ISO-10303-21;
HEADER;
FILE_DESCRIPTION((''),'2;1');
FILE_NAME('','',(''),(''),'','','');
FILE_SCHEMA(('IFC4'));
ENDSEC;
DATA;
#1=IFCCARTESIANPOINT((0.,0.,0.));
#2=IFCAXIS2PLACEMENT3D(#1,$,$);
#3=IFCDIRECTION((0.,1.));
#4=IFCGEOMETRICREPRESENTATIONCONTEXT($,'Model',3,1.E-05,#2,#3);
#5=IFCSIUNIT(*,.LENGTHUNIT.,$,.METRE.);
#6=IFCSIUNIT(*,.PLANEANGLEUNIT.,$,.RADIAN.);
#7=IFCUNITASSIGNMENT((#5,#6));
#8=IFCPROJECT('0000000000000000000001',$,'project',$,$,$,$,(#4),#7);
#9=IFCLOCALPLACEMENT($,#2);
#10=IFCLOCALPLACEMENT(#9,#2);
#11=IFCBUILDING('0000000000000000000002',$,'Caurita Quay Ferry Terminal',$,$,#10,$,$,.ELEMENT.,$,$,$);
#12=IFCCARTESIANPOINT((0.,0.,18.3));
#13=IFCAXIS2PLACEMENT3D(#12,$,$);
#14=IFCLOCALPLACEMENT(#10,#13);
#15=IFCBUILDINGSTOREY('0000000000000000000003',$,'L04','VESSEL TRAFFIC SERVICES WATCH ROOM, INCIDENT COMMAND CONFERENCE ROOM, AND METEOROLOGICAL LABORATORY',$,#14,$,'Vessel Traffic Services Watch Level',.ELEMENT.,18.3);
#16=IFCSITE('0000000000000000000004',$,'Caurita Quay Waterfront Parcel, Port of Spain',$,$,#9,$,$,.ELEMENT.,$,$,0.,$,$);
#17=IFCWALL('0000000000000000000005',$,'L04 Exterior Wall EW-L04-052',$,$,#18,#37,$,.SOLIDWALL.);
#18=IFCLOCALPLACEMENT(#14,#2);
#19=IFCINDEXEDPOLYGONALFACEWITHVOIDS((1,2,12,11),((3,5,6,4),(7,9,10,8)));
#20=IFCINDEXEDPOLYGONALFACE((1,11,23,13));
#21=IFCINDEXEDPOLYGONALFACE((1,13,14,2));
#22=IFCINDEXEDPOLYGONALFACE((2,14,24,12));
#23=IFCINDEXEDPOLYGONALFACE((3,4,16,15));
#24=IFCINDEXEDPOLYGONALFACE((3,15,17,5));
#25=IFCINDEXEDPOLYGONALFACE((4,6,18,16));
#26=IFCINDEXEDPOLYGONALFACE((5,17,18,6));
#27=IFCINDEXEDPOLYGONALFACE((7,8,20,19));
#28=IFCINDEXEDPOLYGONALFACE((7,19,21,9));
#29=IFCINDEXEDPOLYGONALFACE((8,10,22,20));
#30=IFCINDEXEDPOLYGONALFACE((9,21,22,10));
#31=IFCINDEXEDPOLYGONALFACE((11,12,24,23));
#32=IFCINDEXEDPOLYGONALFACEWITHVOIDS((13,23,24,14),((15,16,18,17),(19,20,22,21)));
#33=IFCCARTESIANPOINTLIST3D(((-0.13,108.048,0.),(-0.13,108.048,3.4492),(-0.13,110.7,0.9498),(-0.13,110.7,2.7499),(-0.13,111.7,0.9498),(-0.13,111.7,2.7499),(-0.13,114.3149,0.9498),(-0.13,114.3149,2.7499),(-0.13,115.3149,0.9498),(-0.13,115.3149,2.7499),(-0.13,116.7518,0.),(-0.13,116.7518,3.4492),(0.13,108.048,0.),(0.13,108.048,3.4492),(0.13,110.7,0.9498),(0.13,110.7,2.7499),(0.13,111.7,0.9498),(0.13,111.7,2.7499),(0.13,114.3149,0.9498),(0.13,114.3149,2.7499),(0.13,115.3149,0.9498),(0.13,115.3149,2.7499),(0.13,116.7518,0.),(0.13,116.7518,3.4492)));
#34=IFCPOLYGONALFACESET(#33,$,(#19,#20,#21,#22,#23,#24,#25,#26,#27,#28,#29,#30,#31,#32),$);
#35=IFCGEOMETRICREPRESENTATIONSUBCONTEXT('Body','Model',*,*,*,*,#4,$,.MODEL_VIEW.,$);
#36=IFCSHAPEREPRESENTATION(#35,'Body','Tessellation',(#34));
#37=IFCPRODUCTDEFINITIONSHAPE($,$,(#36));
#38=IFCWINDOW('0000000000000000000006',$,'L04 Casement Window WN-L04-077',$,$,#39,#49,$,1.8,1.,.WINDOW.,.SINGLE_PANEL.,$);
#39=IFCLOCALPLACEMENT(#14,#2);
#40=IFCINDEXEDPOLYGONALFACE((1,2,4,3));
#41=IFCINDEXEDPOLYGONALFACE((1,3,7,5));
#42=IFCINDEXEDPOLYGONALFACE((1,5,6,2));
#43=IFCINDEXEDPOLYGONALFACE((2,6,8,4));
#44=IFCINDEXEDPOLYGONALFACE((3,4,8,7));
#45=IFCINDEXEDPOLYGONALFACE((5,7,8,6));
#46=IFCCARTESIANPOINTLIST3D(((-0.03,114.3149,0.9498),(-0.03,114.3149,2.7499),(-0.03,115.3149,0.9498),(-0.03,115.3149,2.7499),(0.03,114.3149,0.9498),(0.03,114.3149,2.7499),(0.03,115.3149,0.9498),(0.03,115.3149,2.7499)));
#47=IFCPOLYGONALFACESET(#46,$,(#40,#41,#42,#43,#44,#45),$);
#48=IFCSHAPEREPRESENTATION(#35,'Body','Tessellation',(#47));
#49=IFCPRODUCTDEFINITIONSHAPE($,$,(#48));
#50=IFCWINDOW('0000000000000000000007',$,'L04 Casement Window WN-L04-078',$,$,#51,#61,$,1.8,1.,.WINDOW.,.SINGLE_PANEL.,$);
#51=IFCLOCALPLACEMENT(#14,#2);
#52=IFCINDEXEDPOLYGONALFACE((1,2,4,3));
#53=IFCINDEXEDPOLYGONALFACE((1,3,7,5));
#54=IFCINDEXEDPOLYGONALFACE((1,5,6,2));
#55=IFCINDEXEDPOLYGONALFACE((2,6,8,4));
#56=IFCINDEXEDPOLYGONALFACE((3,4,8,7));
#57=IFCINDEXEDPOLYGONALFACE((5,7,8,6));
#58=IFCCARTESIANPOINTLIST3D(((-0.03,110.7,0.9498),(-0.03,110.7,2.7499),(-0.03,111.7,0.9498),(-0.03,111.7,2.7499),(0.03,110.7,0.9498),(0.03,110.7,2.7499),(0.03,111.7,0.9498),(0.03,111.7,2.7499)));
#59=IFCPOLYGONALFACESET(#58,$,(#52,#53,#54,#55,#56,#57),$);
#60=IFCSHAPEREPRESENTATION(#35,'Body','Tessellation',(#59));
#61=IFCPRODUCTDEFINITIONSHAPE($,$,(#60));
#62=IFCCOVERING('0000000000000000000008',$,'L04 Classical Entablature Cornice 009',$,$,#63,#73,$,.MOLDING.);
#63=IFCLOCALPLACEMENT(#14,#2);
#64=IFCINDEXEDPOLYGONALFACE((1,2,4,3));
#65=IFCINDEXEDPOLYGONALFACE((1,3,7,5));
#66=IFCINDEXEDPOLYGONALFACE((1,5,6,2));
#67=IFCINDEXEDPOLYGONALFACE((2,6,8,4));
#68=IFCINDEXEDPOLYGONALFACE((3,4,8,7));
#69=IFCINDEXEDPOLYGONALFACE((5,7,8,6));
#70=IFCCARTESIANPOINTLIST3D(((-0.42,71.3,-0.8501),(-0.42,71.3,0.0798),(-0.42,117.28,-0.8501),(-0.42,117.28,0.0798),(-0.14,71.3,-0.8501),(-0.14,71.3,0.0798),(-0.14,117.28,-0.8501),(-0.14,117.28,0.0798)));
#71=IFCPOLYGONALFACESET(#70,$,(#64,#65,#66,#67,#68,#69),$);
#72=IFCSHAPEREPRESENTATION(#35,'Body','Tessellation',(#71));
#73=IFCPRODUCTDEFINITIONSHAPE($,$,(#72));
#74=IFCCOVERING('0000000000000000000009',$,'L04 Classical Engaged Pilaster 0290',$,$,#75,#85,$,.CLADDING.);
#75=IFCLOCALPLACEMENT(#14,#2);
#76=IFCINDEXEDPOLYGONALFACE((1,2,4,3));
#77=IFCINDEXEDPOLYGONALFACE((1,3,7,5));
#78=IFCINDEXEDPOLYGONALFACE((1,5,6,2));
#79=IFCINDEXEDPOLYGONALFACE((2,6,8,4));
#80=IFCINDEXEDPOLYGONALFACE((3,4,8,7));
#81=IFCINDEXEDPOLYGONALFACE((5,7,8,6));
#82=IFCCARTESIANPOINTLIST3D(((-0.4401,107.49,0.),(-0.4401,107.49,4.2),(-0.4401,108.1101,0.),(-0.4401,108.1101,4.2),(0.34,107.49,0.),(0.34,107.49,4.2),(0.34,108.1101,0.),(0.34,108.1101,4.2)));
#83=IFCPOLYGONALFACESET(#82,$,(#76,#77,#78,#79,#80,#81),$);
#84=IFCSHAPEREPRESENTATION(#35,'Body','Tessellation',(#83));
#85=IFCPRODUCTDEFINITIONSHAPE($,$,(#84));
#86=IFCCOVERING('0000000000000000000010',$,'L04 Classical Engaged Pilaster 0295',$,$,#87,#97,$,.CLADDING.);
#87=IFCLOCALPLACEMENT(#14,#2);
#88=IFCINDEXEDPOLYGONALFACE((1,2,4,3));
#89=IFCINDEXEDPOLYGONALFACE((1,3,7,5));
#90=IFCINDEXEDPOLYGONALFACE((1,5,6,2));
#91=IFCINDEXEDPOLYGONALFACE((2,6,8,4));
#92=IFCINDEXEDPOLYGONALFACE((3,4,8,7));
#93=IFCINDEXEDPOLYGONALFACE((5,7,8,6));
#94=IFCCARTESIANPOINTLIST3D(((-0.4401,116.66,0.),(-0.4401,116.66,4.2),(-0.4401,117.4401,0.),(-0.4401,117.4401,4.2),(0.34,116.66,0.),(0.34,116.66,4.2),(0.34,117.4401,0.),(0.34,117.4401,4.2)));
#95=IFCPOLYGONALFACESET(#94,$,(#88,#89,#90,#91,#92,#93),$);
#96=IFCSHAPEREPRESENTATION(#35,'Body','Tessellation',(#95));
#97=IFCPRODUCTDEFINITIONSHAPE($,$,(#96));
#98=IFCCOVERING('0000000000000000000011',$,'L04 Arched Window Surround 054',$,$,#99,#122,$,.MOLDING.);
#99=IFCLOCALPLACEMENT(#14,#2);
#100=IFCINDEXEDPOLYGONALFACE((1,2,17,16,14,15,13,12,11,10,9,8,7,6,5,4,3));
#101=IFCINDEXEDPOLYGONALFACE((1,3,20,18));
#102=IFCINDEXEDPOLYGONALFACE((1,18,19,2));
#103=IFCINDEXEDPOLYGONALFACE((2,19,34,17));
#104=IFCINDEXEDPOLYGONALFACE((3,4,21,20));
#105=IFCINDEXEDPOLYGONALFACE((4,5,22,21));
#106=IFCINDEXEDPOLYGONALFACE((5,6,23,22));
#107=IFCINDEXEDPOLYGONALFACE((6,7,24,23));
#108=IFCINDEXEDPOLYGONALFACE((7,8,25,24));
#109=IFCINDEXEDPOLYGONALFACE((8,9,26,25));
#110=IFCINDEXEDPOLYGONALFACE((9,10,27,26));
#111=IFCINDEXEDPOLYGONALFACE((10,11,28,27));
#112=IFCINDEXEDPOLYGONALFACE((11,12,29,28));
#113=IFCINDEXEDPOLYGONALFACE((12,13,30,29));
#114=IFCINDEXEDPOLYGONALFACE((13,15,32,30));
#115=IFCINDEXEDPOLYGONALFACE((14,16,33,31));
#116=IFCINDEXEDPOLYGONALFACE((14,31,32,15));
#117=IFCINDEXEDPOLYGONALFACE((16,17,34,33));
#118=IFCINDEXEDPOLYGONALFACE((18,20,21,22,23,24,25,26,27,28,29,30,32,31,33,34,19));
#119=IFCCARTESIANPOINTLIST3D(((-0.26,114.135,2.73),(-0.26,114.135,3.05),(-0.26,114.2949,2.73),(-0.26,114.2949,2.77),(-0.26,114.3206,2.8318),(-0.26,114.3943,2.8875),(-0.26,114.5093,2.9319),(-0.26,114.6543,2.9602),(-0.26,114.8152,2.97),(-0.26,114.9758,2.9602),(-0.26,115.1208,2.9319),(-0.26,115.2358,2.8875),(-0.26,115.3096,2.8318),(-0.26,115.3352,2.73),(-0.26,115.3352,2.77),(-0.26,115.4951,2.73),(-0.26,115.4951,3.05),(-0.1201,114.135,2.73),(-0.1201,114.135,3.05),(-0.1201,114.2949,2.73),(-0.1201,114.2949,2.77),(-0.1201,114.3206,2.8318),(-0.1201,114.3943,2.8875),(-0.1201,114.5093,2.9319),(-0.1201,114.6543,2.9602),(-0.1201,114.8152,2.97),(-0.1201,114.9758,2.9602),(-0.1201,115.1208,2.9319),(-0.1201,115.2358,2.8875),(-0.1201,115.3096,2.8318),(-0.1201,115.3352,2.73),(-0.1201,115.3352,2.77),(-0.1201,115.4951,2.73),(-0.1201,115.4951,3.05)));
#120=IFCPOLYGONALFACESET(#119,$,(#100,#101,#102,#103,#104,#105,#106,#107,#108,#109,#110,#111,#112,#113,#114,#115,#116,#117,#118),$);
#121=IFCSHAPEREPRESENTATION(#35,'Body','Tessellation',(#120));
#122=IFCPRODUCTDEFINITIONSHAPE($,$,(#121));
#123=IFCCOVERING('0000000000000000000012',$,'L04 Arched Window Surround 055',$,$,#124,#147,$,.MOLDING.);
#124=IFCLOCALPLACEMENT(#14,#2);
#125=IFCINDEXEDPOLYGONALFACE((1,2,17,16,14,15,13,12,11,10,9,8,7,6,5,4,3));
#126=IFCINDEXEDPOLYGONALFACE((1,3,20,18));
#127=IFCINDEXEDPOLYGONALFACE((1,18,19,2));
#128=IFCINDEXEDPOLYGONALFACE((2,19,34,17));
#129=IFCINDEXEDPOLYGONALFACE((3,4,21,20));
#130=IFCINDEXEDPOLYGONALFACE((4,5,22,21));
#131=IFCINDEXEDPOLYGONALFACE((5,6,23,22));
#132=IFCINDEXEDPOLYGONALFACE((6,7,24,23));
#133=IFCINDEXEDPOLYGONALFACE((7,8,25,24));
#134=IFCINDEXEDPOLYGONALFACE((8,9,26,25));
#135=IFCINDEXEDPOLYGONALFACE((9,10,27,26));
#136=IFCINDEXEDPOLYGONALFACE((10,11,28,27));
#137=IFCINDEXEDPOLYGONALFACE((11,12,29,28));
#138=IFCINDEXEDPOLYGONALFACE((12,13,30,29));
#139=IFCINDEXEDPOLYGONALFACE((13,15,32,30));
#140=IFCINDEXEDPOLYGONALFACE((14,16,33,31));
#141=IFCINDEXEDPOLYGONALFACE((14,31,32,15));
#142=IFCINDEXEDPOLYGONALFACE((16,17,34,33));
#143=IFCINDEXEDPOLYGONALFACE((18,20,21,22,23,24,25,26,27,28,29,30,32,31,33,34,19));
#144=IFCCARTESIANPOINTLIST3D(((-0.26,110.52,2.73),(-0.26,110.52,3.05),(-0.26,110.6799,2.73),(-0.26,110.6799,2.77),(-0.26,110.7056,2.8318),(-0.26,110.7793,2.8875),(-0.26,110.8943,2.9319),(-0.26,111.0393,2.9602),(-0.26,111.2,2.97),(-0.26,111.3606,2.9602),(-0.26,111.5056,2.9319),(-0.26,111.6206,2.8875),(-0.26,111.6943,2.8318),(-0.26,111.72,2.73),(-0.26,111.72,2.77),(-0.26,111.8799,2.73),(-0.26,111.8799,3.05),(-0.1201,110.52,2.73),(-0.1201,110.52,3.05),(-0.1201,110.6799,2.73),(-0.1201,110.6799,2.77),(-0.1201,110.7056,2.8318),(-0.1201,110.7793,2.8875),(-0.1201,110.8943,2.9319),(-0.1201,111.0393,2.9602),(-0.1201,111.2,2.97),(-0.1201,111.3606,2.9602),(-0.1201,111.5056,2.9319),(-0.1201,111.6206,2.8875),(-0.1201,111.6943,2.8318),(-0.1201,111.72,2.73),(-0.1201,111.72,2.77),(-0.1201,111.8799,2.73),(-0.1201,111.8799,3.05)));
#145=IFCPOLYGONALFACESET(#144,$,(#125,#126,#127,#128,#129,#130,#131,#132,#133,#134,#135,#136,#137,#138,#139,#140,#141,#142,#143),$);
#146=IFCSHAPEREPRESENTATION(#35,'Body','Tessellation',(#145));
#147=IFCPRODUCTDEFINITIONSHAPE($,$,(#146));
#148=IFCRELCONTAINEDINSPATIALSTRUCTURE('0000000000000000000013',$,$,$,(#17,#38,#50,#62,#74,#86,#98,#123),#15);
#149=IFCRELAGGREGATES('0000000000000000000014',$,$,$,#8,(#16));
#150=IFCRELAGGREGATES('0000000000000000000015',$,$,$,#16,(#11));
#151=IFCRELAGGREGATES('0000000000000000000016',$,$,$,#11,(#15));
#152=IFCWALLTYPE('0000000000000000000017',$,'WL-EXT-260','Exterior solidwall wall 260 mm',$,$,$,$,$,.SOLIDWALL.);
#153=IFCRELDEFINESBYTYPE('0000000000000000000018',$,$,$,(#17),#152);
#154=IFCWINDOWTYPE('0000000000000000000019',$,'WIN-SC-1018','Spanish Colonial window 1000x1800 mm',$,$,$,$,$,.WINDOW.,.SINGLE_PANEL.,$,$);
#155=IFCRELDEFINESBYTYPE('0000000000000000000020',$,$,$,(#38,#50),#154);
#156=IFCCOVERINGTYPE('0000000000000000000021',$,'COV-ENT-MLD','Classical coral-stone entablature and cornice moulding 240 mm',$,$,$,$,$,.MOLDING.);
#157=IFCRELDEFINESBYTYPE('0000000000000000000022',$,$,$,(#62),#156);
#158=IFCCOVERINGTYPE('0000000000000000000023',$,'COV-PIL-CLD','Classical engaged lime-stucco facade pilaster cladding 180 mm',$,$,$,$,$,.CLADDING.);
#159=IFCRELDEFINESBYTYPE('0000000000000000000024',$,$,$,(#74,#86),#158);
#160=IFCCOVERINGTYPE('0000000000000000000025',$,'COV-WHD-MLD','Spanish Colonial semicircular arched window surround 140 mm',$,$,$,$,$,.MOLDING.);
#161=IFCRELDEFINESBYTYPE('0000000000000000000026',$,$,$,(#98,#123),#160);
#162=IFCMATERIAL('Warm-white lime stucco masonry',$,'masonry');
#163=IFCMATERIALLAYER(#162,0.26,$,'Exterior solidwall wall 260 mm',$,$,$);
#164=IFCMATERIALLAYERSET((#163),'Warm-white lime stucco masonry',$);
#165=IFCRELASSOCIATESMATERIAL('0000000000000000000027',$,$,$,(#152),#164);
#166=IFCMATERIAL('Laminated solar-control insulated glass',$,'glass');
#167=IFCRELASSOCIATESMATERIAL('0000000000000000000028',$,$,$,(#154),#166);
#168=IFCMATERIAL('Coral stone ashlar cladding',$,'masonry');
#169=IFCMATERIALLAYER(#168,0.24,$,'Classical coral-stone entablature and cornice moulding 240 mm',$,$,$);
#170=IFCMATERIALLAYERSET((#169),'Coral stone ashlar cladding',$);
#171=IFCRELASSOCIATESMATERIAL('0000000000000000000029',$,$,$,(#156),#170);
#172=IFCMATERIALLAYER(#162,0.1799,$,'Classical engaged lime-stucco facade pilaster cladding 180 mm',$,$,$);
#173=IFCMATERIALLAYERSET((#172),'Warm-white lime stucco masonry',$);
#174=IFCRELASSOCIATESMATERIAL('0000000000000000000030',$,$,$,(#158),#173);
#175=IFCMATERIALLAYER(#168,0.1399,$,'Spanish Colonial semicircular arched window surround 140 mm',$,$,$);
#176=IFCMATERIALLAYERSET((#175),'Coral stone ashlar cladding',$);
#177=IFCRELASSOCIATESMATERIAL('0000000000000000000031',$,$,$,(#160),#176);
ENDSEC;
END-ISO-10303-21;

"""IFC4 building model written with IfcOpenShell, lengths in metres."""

from ifc_helpers import new_model, si_unit, direction, frame, frame_2d, origin, origin_2d, place, context, subcontext, project, spatial, polyline, rectangle, outline, extrude, material, layer, layer_set, type_object, element, fill, save


model = new_model("IFC4")

# Units and contexts
model_context = context("Model", 3, precision=1e-05, world=origin(), true_north=direction((0.0, 1.0)))
body_context = subcontext(model_context, "Body", "Model", "MODEL_VIEW")
ifc_project = project(units=[si_unit("LENGTHUNIT", "METRE"), si_unit("PLANEANGLEUNIT", "RADIAN")], contexts=[model_context])

# Site, building, storey
site_placement = place(None, origin())
site = spatial("IfcSite", under=ifc_project, at=site_placement, Name="Caurita Quay Waterfront Parcel, Port of Spain", CompositionType="ELEMENT", RefElevation=0.0)
building_placement = place(site_placement, origin())
building = spatial("IfcBuilding", under=site, at=building_placement, Name="Caurita Quay Ferry Terminal", CompositionType="ELEMENT")
storey_placement = place(building_placement, frame((0.0, 0.0, 18.3)))
storey = spatial("IfcBuildingStorey", under=building, at=storey_placement, Name="L04", Description="VESSEL TRAFFIC SERVICES WATCH ROOM, INCIDENT COMMAND CONFERENCE ROOM, AND METEOROLOGICAL LABORATORY", LongName="Vessel Traffic Services Watch Level", CompositionType="ELEMENT", Elevation=18.3)

# Shared definitions
ifc_material_1 = material(Name="Laminated solar-control insulated glass", Category="glass")

# Wall, openings, windows
ifc_material_2 = material(Name="Warm-white lime stucco masonry", Category="masonry")
ifc_layer_1 = layer(ifc_material_2, 0.26, Name="Exterior solidwall wall 260 mm")
ifc_layer_set_1 = layer_set([ifc_layer_1], Name="Warm-white lime stucco masonry")
wall_type = type_object("IfcWallType", Name="WL-EXT-260", Description="Exterior solidwall wall 260 mm", PredefinedType="SOLIDWALL", material=ifc_layer_set_1)
wall_placement = place(storey_placement, frame((0.0, 116.752, 0.0), z_axis=(0.0, 0.0, 1.0), x_axis=(0.0, -1.0, 0.0)))
wall = element("IfcWall", 1, at=wall_placement, inside=storey, type_object=wall_type, Name="L04 Exterior Wall EW-L04-052", PredefinedType="SOLIDWALL", context=body_context, shape_type="SweptSolid", body=[
    extrude(rectangle(XDim=8.7039, YDim=0.26, at=frame_2d((4.3521, 0.0))), origin(), (0.0, 0.0, 1.0), 3.4492),
])
opening_1_placement = place(wall_placement, frame((1.437, 0.0, 0.95)))
opening_1 = element("IfcOpeningElement", 2, at=opening_1_placement, cuts=wall, PredefinedType="OPENING", context=body_context, shape_type="SweptSolid", body=[
    extrude(rectangle(XDim=1.0, YDim=1.8, at=frame_2d((0.5, 0.8999))), frame((0.0, 0.1399, 0.0), z_axis=(0.0, -1.0, 0.0), x_axis=(1.0, 0.0, 0.0)), (0.0, 0.0, 1.0), 0.28),
])
opening_2_placement = place(wall_placement, frame((5.052, 0.0, 0.95)))
opening_2 = element("IfcOpeningElement", 3, at=opening_2_placement, cuts=wall, PredefinedType="OPENING", context=body_context, shape_type="SweptSolid", body=[
    extrude(rectangle(XDim=1.0, YDim=1.8, at=frame_2d((0.5, 0.8999))), frame((0.0, 0.1399, 0.0), z_axis=(0.0, -1.0, 0.0), x_axis=(1.0, 0.0, 0.0)), (0.0, 0.0, 1.0), 0.28),
])
window_type = type_object("IfcWindowType", Name="WIN-SC-1018", Description="Spanish Colonial window 1000x1800 mm", PartitioningType="SINGLE_PANEL", PredefinedType="WINDOW", material=ifc_material_1)
window_1_placement = place(opening_1_placement, origin())
window_1 = element("IfcWindow", 4, at=window_1_placement, inside=storey, type_object=window_type, Name="L04 Casement Window WN-L04-077", OverallHeight=1.8, OverallWidth=1.0, PartitioningType="SINGLE_PANEL", PredefinedType="WINDOW", context=body_context, shape_type="SweptSolid", body=[
    extrude(rectangle(XDim=1.0, YDim=1.8, at=frame_2d((0.5, 0.8999))), frame((0.0, 0.03, 0.0), z_axis=(0.0, -1.0, 0.0), x_axis=(1.0, 0.0, 0.0)), (0.0, 0.0, 1.0), 0.0601),
])
fill(opening_1, window_1)
window_2_placement = place(opening_2_placement, origin())
window_2 = element("IfcWindow", 5, at=window_2_placement, inside=storey, type_object=window_type, Name="L04 Casement Window WN-L04-078", OverallHeight=1.8, OverallWidth=1.0, PartitioningType="SINGLE_PANEL", PredefinedType="WINDOW", context=body_context, shape_type="SweptSolid", body=[
    extrude(rectangle(XDim=1.0, YDim=1.8, at=frame_2d((0.5, 0.8999))), frame((0.0, 0.03, 0.0), z_axis=(0.0, -1.0, 0.0), x_axis=(1.0, 0.0, 0.0)), (0.0, 0.0, 1.0), 0.0601),
])
fill(opening_2, window_2)

# Coverings
ifc_material_3 = material(Name="Coral stone ashlar cladding", Category="masonry")
ifc_layer_2 = layer(ifc_material_3, 0.24, Name="Classical coral-stone entablature and cornice moulding 240 mm")
ifc_layer_set_2 = layer_set([ifc_layer_2], Name="Coral stone ashlar cladding")
covering_type_1 = type_object("IfcCoveringType", Name="COV-ENT-MLD", Description="Classical coral-stone entablature and cornice moulding 240 mm", PredefinedType="MOLDING", material=ifc_layer_set_2)
covering_1_placement = place(storey_placement, frame((-0.28, 117.28, -0.8501), z_axis=(0.0, 0.0, 1.0), x_axis=(0.0, -1.0, 0.0)))
element("IfcCovering", 6, at=covering_1_placement, inside=storey, type_object=covering_type_1, Name="L04 Classical Entablature Cornice 009", PredefinedType="MOLDING", context=body_context, shape_type="SweptSolid", body=[
    extrude(rectangle(XDim=45.98, YDim=0.28, at=frame_2d((22.99, 0.0))), origin(), (0.0, 0.0, 1.0), 0.9299),
])
ifc_layer_3 = layer(ifc_material_2, 0.1799, Name="Classical engaged lime-stucco facade pilaster cladding 180 mm")
ifc_layer_set_3 = layer_set([ifc_layer_3], Name="Warm-white lime stucco masonry")
covering_type_2 = type_object("IfcCoveringType", Name="COV-PIL-CLD", Description="Classical engaged lime-stucco facade pilaster cladding 180 mm", PredefinedType="CLADDING", material=ifc_layer_set_3)
covering_2_placement = place(storey_placement, frame((-0.05, 107.8, 0.0), z_axis=(0.0, 0.0, 1.0), x_axis=(1.0, 0.0, 0.0)))
element("IfcCovering", 7, at=covering_2_placement, inside=storey, type_object=covering_type_2, Name="L04 Classical Engaged Pilaster 0290", PredefinedType="CLADDING", context=body_context, shape_type="SweptSolid", body=[
    extrude(rectangle(XDim=0.78, YDim=0.6201, at=origin_2d()), origin(), (0.0, 0.0, 1.0), 4.2),
])
covering_3_placement = place(storey_placement, frame((-0.05, 117.05, 0.0), z_axis=(0.0, 0.0, 1.0), x_axis=(1.0, 0.0, 0.0)))
element("IfcCovering", 8, at=covering_3_placement, inside=storey, type_object=covering_type_2, Name="L04 Classical Engaged Pilaster 0295", PredefinedType="CLADDING", context=body_context, shape_type="SweptSolid", body=[
    extrude(rectangle(XDim=0.78, YDim=0.78, at=origin_2d()), origin(), (0.0, 0.0, 1.0), 4.2),
])
ifc_layer_4 = layer(ifc_material_3, 0.1399, Name="Spanish Colonial semicircular arched window surround 140 mm")
ifc_layer_set_4 = layer_set([ifc_layer_4], Name="Coral stone ashlar cladding")
covering_type_3 = type_object("IfcCoveringType", Name="COV-WHD-MLD", Description="Spanish Colonial semicircular arched window surround 140 mm", PredefinedType="MOLDING", material=ifc_layer_set_4)
covering_4_placement = place(storey_placement, frame((-0.1899, 115.4951, 2.73), z_axis=(0.0, 0.0, 1.0), x_axis=(0.0, -1.0, 0.0)))
element("IfcCovering", 9, at=covering_4_placement, inside=storey, type_object=covering_type_3, Name="L04 Arched Window Surround 054", PredefinedType="MOLDING", context=body_context, shape_type="SweptSolid", body=[
    extrude(outline(polyline([(0.0, 0.0), (0.1599, 0.0), (0.1599, 0.04), (0.1855, 0.1018), (0.2593, 0.1575), (0.3743, 0.2019), (0.5193, 0.2302), (0.6799, 0.24), (0.8408, 0.2302), (0.9858, 0.2019), (1.1008, 0.1575), (1.1746, 0.1018), (1.2002, 0.04), (1.2002, 0.0), (1.3601, 0.0), (1.3601, 0.3201), (0.0, 0.3201), (0.0, 0.0)])), frame((0.0, 0.0698, 0.0), z_axis=(0.0, -1.0, 0.0), x_axis=(1.0, 0.0, 0.0)), (0.0, 0.0, 1.0), 0.1399),
])
covering_5_placement = place(storey_placement, frame((-0.1899, 111.8799, 2.73), z_axis=(0.0, 0.0, 1.0), x_axis=(0.0, -1.0, 0.0)))
element("IfcCovering", 10, at=covering_5_placement, inside=storey, type_object=covering_type_3, Name="L04 Arched Window Surround 055", PredefinedType="MOLDING", context=body_context, shape_type="SweptSolid", body=[
    extrude(outline(polyline([(0.0, 0.0), (0.1599, 0.0), (0.1599, 0.04), (0.1855, 0.1018), (0.2593, 0.1575), (0.3743, 0.2019), (0.5193, 0.2302), (0.6799, 0.24), (0.8406, 0.2302), (0.9856, 0.2019), (1.1006, 0.1575), (1.1743, 0.1018), (1.2, 0.04), (1.2, 0.0), (1.3599, 0.0), (1.3599, 0.3201), (0.0, 0.3201), (0.0, 0.0)])), frame((0.0, 0.0698, 0.0), z_axis=(0.0, -1.0, 0.0), x_axis=(1.0, 0.0, 0.0)), (0.0, 0.0, 1.0), 0.1399),
])

save(model, "model.ifc")
